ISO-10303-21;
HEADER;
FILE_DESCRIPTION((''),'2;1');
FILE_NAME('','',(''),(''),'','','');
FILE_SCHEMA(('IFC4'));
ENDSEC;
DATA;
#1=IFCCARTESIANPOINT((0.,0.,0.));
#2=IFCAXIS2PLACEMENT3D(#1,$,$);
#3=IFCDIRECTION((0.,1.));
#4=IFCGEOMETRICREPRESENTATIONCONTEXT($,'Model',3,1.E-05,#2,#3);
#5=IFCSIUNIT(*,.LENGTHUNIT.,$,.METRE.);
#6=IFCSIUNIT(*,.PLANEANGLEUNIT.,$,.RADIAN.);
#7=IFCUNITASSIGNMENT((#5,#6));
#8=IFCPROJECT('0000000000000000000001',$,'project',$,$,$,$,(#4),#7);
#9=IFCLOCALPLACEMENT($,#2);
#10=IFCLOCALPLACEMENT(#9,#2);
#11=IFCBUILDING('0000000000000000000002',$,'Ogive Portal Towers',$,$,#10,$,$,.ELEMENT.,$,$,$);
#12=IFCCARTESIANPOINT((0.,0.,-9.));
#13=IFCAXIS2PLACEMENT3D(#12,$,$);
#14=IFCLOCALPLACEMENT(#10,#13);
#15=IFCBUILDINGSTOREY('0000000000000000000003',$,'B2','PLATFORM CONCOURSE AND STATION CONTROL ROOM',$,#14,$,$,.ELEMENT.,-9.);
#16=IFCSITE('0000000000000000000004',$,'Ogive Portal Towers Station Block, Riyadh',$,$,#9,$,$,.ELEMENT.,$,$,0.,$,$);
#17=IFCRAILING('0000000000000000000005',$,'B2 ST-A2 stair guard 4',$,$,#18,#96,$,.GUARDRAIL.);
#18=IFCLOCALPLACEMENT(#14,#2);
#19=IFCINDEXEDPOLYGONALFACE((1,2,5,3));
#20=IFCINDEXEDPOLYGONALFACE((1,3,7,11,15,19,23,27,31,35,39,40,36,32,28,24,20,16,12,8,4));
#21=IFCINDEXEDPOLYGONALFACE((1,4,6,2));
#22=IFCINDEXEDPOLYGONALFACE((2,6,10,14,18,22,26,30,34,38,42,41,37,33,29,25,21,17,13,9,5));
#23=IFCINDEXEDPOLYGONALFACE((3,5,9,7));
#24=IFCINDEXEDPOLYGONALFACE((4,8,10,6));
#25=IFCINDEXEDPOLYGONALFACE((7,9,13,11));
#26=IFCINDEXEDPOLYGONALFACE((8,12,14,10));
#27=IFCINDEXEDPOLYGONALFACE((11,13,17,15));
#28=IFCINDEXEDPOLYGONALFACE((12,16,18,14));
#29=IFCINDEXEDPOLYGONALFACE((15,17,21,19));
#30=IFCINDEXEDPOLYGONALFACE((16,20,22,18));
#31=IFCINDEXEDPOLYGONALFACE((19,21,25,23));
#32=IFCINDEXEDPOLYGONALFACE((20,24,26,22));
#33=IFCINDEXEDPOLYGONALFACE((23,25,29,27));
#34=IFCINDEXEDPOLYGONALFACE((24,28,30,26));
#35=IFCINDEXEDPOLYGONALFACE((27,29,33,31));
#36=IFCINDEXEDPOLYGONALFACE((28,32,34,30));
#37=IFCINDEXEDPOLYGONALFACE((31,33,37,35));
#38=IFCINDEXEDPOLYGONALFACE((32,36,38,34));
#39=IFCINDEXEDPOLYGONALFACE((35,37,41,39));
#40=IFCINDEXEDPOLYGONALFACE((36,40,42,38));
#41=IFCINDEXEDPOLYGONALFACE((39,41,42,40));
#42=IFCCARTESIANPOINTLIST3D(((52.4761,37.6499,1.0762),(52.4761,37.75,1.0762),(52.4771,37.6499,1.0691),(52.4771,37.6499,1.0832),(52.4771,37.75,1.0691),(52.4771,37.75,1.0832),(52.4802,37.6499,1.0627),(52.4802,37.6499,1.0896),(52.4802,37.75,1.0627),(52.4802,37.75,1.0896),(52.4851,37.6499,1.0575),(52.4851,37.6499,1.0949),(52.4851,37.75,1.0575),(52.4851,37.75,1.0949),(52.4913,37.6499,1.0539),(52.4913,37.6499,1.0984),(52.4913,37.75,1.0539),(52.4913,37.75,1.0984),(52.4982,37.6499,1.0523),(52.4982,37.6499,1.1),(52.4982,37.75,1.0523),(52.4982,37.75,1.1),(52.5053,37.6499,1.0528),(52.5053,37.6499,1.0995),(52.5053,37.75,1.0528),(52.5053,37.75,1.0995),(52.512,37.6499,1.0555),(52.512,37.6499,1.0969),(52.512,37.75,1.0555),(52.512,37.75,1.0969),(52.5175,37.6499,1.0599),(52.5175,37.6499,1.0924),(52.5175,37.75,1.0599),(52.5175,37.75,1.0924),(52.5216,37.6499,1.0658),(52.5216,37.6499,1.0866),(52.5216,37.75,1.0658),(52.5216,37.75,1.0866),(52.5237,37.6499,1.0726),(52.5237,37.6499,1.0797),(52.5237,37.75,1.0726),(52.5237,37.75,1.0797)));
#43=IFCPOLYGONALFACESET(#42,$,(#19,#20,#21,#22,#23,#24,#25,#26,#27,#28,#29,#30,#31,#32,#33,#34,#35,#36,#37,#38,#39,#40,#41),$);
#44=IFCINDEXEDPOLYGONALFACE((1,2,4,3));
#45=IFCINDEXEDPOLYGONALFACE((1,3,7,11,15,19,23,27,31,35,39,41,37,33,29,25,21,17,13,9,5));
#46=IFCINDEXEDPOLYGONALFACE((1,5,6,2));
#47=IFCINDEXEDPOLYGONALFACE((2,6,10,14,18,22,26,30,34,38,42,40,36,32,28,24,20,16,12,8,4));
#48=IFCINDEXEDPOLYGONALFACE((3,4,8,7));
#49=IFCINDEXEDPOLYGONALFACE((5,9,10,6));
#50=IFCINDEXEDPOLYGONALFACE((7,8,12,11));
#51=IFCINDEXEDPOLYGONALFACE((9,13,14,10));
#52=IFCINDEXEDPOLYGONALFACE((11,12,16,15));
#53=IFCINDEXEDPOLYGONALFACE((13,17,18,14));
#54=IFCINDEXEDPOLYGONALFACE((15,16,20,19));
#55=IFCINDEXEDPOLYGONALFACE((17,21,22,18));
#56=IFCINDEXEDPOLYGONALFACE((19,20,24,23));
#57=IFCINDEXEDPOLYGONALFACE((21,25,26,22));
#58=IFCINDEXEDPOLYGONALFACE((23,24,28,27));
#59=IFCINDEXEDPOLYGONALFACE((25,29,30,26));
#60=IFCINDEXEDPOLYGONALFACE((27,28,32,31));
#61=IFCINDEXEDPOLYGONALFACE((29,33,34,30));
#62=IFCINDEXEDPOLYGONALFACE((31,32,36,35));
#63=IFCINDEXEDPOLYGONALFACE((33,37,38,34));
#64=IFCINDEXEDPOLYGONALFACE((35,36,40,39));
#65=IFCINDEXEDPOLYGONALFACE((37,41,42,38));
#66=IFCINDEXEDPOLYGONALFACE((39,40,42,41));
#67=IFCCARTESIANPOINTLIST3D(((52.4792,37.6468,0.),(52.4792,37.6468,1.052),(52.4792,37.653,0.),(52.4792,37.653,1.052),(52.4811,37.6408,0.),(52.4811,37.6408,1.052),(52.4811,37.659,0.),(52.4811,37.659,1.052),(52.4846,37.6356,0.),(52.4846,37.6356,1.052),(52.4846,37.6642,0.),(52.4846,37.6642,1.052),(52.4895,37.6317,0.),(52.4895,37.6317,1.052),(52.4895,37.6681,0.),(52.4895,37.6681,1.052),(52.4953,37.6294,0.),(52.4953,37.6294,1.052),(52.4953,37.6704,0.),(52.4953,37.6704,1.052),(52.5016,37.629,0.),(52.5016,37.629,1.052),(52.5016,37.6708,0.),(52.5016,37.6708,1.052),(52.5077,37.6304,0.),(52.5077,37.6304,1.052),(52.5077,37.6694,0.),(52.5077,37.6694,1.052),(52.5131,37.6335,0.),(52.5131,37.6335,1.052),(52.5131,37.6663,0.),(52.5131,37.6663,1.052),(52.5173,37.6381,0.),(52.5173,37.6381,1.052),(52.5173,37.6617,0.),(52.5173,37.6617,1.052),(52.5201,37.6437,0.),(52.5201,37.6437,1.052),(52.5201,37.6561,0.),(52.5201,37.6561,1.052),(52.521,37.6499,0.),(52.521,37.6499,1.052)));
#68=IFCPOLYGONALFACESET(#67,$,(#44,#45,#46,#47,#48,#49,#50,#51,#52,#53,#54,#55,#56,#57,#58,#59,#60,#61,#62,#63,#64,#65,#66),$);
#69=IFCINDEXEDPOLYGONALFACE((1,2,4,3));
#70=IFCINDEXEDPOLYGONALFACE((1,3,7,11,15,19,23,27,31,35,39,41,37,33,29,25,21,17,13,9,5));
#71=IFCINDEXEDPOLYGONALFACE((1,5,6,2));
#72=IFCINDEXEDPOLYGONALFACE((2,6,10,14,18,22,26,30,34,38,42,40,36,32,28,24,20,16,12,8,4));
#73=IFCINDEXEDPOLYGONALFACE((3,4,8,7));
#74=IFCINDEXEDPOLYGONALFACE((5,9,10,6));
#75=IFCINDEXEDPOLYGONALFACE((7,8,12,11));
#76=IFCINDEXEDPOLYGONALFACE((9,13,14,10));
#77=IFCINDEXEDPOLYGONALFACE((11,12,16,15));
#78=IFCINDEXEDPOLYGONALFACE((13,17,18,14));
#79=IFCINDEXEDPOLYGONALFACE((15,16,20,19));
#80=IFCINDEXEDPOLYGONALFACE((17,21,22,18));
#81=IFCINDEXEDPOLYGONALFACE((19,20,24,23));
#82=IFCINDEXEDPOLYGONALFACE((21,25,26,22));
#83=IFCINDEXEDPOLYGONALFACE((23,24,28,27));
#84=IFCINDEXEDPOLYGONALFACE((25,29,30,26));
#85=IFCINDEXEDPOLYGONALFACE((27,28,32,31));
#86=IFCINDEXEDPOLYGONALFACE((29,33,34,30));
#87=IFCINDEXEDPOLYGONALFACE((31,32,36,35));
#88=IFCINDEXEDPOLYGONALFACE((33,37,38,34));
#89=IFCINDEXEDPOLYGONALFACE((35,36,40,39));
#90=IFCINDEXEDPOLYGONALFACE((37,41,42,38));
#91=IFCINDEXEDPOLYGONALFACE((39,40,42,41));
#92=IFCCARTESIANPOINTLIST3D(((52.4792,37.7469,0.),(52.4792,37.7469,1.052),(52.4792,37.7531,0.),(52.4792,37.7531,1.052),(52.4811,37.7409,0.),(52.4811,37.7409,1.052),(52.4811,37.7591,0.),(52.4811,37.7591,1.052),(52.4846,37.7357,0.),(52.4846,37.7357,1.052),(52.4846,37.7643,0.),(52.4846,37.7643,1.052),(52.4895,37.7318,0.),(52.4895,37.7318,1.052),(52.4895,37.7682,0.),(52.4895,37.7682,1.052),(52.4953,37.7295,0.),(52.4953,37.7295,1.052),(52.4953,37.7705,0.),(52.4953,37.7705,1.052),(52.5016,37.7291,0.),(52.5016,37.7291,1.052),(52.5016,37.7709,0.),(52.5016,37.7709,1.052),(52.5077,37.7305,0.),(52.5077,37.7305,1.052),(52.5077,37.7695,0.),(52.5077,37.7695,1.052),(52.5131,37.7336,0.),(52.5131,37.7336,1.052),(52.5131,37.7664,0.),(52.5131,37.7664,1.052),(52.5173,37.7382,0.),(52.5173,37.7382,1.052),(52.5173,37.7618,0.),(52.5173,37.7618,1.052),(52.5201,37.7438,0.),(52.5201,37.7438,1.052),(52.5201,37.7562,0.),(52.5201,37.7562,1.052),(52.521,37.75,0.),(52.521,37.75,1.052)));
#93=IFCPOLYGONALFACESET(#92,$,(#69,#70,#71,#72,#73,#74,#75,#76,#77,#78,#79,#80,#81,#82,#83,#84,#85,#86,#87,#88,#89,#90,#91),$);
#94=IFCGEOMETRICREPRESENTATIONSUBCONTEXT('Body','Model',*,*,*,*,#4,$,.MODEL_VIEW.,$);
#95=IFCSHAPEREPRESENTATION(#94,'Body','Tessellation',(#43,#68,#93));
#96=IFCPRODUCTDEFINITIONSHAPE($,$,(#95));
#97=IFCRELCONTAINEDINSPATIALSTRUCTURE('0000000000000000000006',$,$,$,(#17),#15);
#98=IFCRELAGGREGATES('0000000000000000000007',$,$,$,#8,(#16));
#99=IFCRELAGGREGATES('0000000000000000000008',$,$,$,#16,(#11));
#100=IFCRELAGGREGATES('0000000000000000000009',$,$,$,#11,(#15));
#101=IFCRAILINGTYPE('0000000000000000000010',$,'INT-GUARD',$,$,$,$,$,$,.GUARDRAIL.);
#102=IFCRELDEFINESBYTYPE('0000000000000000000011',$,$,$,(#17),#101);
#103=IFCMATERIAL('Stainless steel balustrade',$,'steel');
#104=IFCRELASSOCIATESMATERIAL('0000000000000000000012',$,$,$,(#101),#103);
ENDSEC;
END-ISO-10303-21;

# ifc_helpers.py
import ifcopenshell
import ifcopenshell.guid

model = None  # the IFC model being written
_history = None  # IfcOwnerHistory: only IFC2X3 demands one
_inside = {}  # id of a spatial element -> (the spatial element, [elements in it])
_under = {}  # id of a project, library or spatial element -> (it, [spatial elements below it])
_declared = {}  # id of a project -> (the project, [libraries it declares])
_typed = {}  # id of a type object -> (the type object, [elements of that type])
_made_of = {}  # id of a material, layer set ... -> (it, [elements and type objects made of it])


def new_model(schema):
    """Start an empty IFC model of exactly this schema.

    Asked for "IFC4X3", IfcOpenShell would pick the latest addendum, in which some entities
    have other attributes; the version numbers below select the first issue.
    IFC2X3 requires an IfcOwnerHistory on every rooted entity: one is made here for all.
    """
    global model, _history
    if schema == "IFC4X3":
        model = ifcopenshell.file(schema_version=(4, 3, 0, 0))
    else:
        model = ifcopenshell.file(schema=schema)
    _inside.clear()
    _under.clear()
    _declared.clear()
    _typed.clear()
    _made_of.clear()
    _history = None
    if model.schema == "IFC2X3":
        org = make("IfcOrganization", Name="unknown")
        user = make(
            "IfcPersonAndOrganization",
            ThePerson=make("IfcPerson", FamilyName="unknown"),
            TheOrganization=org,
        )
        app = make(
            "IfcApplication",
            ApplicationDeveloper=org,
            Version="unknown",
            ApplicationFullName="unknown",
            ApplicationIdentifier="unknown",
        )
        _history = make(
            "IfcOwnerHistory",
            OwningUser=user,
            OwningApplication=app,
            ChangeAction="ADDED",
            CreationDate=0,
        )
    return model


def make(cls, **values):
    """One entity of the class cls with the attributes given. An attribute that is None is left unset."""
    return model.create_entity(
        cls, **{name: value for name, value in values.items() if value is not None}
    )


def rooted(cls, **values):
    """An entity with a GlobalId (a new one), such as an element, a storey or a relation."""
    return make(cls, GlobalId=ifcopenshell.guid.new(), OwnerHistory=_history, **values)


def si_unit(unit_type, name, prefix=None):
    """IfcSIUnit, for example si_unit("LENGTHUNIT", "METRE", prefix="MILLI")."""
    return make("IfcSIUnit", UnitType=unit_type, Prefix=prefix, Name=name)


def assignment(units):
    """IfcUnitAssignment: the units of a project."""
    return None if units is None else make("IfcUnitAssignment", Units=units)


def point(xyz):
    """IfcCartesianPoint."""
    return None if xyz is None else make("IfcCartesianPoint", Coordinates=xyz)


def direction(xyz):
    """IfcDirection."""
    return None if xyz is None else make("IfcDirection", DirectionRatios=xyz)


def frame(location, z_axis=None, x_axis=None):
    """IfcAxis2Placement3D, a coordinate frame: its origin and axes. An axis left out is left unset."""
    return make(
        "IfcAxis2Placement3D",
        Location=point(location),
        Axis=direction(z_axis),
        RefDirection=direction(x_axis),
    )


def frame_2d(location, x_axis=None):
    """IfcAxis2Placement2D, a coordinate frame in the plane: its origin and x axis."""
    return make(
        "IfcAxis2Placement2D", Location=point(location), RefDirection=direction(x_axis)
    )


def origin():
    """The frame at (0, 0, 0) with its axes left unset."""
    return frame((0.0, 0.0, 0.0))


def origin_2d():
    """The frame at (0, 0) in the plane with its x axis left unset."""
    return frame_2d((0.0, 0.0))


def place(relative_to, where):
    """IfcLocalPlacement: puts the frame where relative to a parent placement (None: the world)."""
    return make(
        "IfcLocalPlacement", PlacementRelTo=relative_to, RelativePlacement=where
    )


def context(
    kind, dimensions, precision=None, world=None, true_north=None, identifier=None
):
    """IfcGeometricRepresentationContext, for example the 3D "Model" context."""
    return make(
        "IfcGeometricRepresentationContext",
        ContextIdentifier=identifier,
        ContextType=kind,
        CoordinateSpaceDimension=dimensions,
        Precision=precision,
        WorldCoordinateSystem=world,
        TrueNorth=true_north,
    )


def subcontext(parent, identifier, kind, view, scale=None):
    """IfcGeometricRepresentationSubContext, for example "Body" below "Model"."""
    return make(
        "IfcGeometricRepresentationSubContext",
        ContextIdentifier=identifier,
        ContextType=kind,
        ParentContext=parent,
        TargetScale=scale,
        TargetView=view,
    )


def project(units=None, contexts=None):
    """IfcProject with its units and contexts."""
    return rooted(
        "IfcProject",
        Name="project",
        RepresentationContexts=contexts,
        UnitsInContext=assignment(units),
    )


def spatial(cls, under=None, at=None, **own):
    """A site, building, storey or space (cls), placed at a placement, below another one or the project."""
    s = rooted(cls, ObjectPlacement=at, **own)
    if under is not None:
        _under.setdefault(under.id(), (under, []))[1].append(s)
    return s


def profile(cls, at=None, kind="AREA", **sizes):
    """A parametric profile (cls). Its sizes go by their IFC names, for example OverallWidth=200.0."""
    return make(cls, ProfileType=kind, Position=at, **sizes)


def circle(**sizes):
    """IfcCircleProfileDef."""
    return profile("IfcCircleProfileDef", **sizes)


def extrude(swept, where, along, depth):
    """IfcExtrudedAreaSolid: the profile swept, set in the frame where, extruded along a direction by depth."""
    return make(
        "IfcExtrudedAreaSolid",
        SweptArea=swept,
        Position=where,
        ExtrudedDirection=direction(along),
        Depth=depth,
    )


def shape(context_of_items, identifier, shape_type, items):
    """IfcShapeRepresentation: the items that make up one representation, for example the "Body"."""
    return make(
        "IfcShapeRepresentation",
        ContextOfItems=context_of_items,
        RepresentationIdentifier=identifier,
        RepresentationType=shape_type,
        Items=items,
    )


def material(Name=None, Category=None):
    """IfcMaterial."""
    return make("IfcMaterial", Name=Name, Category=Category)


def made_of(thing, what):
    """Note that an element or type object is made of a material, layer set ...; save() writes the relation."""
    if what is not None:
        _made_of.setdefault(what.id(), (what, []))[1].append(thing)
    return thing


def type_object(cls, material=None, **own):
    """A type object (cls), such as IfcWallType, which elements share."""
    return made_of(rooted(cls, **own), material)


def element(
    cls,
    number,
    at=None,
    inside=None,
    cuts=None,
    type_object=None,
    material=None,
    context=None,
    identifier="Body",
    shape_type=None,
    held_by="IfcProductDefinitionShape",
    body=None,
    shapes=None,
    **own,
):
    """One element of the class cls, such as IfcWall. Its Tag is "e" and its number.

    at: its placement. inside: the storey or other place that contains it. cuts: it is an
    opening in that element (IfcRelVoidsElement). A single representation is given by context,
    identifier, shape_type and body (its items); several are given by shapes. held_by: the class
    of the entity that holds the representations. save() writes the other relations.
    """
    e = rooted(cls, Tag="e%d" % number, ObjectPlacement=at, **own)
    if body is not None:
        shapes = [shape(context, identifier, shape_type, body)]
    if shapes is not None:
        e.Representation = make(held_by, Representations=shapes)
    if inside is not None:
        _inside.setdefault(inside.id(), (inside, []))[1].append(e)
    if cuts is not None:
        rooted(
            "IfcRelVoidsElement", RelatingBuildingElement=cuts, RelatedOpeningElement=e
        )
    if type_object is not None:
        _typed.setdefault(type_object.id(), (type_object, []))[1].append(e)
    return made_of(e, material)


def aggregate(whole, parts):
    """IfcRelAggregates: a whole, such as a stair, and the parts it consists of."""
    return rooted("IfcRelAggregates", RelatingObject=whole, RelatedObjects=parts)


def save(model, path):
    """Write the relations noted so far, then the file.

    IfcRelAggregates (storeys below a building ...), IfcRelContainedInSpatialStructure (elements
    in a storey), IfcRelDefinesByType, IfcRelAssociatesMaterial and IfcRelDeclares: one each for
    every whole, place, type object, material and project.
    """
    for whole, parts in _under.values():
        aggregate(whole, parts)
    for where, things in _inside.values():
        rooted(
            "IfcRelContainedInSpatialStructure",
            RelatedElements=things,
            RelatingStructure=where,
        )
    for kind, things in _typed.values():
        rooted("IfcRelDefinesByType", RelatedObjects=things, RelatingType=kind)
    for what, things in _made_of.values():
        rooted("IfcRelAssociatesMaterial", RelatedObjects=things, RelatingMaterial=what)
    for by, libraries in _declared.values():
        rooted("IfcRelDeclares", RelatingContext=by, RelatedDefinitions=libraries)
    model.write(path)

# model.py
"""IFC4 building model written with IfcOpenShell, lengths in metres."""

from ifc_helpers import new_model, si_unit, direction, frame, origin, origin_2d, place, context, subcontext, project, spatial, circle, extrude, material, type_object, element, save


model = new_model("IFC4")

# Units and contexts
model_context = context("Model", 3, precision=1e-05, world=origin(), true_north=direction((0.0, 1.0)))
body_context = subcontext(model_context, "Body", "Model", "MODEL_VIEW")
ifc_project = project(units=[si_unit("LENGTHUNIT", "METRE"), si_unit("PLANEANGLEUNIT", "RADIAN")], contexts=[model_context])

# Site, building, storey
site_placement = place(None, origin())
site = spatial("IfcSite", under=ifc_project, at=site_placement, Name="Ogive Portal Towers Station Block, Riyadh", CompositionType="ELEMENT", RefElevation=0.0)
building_placement = place(site_placement, origin())
building = spatial("IfcBuilding", under=site, at=building_placement, Name="Ogive Portal Towers", CompositionType="ELEMENT")
storey_placement = place(building_placement, frame((0.0, 0.0, -9.0)))
storey = spatial("IfcBuildingStorey", under=building, at=storey_placement, Name="B2", Description="PLATFORM CONCOURSE AND STATION CONTROL ROOM", CompositionType="ELEMENT", Elevation=-9.0)

# Railing
ifc_material_1 = material(Name="Stainless steel balustrade", Category="steel")
railing_type_1 = type_object("IfcRailingType", Name="INT-GUARD", PredefinedType="GUARDRAIL", material=ifc_material_1)
railing_1_placement = place(storey_placement, frame((52.5, 37.6499, 0.0)))
element("IfcRailing", 1, at=railing_1_placement, inside=storey, type_object=railing_type_1, Name="B2 ST-A2 stair guard 4", PredefinedType="GUARDRAIL", context=body_context, shape_type="SweptSolid", body=[
    extrude(circle(Radius=0.0239, at=origin_2d()), frame((0.0, 0.0, 1.0762), z_axis=(0.0, 1.0, 0.0), x_axis=(-1.0, 0.0, 0.0)), (0.0, 0.0, 1.0), 0.1001),
    extrude(circle(Radius=0.021, at=origin_2d()), origin(), (0.0, 0.0, 1.0), 1.052),
    extrude(circle(Radius=0.021, at=origin_2d()), frame((0.0, 0.1001, 0.0)), (0.0, 0.0, 1.0), 1.052),
])

save(model, "model.ifc")
